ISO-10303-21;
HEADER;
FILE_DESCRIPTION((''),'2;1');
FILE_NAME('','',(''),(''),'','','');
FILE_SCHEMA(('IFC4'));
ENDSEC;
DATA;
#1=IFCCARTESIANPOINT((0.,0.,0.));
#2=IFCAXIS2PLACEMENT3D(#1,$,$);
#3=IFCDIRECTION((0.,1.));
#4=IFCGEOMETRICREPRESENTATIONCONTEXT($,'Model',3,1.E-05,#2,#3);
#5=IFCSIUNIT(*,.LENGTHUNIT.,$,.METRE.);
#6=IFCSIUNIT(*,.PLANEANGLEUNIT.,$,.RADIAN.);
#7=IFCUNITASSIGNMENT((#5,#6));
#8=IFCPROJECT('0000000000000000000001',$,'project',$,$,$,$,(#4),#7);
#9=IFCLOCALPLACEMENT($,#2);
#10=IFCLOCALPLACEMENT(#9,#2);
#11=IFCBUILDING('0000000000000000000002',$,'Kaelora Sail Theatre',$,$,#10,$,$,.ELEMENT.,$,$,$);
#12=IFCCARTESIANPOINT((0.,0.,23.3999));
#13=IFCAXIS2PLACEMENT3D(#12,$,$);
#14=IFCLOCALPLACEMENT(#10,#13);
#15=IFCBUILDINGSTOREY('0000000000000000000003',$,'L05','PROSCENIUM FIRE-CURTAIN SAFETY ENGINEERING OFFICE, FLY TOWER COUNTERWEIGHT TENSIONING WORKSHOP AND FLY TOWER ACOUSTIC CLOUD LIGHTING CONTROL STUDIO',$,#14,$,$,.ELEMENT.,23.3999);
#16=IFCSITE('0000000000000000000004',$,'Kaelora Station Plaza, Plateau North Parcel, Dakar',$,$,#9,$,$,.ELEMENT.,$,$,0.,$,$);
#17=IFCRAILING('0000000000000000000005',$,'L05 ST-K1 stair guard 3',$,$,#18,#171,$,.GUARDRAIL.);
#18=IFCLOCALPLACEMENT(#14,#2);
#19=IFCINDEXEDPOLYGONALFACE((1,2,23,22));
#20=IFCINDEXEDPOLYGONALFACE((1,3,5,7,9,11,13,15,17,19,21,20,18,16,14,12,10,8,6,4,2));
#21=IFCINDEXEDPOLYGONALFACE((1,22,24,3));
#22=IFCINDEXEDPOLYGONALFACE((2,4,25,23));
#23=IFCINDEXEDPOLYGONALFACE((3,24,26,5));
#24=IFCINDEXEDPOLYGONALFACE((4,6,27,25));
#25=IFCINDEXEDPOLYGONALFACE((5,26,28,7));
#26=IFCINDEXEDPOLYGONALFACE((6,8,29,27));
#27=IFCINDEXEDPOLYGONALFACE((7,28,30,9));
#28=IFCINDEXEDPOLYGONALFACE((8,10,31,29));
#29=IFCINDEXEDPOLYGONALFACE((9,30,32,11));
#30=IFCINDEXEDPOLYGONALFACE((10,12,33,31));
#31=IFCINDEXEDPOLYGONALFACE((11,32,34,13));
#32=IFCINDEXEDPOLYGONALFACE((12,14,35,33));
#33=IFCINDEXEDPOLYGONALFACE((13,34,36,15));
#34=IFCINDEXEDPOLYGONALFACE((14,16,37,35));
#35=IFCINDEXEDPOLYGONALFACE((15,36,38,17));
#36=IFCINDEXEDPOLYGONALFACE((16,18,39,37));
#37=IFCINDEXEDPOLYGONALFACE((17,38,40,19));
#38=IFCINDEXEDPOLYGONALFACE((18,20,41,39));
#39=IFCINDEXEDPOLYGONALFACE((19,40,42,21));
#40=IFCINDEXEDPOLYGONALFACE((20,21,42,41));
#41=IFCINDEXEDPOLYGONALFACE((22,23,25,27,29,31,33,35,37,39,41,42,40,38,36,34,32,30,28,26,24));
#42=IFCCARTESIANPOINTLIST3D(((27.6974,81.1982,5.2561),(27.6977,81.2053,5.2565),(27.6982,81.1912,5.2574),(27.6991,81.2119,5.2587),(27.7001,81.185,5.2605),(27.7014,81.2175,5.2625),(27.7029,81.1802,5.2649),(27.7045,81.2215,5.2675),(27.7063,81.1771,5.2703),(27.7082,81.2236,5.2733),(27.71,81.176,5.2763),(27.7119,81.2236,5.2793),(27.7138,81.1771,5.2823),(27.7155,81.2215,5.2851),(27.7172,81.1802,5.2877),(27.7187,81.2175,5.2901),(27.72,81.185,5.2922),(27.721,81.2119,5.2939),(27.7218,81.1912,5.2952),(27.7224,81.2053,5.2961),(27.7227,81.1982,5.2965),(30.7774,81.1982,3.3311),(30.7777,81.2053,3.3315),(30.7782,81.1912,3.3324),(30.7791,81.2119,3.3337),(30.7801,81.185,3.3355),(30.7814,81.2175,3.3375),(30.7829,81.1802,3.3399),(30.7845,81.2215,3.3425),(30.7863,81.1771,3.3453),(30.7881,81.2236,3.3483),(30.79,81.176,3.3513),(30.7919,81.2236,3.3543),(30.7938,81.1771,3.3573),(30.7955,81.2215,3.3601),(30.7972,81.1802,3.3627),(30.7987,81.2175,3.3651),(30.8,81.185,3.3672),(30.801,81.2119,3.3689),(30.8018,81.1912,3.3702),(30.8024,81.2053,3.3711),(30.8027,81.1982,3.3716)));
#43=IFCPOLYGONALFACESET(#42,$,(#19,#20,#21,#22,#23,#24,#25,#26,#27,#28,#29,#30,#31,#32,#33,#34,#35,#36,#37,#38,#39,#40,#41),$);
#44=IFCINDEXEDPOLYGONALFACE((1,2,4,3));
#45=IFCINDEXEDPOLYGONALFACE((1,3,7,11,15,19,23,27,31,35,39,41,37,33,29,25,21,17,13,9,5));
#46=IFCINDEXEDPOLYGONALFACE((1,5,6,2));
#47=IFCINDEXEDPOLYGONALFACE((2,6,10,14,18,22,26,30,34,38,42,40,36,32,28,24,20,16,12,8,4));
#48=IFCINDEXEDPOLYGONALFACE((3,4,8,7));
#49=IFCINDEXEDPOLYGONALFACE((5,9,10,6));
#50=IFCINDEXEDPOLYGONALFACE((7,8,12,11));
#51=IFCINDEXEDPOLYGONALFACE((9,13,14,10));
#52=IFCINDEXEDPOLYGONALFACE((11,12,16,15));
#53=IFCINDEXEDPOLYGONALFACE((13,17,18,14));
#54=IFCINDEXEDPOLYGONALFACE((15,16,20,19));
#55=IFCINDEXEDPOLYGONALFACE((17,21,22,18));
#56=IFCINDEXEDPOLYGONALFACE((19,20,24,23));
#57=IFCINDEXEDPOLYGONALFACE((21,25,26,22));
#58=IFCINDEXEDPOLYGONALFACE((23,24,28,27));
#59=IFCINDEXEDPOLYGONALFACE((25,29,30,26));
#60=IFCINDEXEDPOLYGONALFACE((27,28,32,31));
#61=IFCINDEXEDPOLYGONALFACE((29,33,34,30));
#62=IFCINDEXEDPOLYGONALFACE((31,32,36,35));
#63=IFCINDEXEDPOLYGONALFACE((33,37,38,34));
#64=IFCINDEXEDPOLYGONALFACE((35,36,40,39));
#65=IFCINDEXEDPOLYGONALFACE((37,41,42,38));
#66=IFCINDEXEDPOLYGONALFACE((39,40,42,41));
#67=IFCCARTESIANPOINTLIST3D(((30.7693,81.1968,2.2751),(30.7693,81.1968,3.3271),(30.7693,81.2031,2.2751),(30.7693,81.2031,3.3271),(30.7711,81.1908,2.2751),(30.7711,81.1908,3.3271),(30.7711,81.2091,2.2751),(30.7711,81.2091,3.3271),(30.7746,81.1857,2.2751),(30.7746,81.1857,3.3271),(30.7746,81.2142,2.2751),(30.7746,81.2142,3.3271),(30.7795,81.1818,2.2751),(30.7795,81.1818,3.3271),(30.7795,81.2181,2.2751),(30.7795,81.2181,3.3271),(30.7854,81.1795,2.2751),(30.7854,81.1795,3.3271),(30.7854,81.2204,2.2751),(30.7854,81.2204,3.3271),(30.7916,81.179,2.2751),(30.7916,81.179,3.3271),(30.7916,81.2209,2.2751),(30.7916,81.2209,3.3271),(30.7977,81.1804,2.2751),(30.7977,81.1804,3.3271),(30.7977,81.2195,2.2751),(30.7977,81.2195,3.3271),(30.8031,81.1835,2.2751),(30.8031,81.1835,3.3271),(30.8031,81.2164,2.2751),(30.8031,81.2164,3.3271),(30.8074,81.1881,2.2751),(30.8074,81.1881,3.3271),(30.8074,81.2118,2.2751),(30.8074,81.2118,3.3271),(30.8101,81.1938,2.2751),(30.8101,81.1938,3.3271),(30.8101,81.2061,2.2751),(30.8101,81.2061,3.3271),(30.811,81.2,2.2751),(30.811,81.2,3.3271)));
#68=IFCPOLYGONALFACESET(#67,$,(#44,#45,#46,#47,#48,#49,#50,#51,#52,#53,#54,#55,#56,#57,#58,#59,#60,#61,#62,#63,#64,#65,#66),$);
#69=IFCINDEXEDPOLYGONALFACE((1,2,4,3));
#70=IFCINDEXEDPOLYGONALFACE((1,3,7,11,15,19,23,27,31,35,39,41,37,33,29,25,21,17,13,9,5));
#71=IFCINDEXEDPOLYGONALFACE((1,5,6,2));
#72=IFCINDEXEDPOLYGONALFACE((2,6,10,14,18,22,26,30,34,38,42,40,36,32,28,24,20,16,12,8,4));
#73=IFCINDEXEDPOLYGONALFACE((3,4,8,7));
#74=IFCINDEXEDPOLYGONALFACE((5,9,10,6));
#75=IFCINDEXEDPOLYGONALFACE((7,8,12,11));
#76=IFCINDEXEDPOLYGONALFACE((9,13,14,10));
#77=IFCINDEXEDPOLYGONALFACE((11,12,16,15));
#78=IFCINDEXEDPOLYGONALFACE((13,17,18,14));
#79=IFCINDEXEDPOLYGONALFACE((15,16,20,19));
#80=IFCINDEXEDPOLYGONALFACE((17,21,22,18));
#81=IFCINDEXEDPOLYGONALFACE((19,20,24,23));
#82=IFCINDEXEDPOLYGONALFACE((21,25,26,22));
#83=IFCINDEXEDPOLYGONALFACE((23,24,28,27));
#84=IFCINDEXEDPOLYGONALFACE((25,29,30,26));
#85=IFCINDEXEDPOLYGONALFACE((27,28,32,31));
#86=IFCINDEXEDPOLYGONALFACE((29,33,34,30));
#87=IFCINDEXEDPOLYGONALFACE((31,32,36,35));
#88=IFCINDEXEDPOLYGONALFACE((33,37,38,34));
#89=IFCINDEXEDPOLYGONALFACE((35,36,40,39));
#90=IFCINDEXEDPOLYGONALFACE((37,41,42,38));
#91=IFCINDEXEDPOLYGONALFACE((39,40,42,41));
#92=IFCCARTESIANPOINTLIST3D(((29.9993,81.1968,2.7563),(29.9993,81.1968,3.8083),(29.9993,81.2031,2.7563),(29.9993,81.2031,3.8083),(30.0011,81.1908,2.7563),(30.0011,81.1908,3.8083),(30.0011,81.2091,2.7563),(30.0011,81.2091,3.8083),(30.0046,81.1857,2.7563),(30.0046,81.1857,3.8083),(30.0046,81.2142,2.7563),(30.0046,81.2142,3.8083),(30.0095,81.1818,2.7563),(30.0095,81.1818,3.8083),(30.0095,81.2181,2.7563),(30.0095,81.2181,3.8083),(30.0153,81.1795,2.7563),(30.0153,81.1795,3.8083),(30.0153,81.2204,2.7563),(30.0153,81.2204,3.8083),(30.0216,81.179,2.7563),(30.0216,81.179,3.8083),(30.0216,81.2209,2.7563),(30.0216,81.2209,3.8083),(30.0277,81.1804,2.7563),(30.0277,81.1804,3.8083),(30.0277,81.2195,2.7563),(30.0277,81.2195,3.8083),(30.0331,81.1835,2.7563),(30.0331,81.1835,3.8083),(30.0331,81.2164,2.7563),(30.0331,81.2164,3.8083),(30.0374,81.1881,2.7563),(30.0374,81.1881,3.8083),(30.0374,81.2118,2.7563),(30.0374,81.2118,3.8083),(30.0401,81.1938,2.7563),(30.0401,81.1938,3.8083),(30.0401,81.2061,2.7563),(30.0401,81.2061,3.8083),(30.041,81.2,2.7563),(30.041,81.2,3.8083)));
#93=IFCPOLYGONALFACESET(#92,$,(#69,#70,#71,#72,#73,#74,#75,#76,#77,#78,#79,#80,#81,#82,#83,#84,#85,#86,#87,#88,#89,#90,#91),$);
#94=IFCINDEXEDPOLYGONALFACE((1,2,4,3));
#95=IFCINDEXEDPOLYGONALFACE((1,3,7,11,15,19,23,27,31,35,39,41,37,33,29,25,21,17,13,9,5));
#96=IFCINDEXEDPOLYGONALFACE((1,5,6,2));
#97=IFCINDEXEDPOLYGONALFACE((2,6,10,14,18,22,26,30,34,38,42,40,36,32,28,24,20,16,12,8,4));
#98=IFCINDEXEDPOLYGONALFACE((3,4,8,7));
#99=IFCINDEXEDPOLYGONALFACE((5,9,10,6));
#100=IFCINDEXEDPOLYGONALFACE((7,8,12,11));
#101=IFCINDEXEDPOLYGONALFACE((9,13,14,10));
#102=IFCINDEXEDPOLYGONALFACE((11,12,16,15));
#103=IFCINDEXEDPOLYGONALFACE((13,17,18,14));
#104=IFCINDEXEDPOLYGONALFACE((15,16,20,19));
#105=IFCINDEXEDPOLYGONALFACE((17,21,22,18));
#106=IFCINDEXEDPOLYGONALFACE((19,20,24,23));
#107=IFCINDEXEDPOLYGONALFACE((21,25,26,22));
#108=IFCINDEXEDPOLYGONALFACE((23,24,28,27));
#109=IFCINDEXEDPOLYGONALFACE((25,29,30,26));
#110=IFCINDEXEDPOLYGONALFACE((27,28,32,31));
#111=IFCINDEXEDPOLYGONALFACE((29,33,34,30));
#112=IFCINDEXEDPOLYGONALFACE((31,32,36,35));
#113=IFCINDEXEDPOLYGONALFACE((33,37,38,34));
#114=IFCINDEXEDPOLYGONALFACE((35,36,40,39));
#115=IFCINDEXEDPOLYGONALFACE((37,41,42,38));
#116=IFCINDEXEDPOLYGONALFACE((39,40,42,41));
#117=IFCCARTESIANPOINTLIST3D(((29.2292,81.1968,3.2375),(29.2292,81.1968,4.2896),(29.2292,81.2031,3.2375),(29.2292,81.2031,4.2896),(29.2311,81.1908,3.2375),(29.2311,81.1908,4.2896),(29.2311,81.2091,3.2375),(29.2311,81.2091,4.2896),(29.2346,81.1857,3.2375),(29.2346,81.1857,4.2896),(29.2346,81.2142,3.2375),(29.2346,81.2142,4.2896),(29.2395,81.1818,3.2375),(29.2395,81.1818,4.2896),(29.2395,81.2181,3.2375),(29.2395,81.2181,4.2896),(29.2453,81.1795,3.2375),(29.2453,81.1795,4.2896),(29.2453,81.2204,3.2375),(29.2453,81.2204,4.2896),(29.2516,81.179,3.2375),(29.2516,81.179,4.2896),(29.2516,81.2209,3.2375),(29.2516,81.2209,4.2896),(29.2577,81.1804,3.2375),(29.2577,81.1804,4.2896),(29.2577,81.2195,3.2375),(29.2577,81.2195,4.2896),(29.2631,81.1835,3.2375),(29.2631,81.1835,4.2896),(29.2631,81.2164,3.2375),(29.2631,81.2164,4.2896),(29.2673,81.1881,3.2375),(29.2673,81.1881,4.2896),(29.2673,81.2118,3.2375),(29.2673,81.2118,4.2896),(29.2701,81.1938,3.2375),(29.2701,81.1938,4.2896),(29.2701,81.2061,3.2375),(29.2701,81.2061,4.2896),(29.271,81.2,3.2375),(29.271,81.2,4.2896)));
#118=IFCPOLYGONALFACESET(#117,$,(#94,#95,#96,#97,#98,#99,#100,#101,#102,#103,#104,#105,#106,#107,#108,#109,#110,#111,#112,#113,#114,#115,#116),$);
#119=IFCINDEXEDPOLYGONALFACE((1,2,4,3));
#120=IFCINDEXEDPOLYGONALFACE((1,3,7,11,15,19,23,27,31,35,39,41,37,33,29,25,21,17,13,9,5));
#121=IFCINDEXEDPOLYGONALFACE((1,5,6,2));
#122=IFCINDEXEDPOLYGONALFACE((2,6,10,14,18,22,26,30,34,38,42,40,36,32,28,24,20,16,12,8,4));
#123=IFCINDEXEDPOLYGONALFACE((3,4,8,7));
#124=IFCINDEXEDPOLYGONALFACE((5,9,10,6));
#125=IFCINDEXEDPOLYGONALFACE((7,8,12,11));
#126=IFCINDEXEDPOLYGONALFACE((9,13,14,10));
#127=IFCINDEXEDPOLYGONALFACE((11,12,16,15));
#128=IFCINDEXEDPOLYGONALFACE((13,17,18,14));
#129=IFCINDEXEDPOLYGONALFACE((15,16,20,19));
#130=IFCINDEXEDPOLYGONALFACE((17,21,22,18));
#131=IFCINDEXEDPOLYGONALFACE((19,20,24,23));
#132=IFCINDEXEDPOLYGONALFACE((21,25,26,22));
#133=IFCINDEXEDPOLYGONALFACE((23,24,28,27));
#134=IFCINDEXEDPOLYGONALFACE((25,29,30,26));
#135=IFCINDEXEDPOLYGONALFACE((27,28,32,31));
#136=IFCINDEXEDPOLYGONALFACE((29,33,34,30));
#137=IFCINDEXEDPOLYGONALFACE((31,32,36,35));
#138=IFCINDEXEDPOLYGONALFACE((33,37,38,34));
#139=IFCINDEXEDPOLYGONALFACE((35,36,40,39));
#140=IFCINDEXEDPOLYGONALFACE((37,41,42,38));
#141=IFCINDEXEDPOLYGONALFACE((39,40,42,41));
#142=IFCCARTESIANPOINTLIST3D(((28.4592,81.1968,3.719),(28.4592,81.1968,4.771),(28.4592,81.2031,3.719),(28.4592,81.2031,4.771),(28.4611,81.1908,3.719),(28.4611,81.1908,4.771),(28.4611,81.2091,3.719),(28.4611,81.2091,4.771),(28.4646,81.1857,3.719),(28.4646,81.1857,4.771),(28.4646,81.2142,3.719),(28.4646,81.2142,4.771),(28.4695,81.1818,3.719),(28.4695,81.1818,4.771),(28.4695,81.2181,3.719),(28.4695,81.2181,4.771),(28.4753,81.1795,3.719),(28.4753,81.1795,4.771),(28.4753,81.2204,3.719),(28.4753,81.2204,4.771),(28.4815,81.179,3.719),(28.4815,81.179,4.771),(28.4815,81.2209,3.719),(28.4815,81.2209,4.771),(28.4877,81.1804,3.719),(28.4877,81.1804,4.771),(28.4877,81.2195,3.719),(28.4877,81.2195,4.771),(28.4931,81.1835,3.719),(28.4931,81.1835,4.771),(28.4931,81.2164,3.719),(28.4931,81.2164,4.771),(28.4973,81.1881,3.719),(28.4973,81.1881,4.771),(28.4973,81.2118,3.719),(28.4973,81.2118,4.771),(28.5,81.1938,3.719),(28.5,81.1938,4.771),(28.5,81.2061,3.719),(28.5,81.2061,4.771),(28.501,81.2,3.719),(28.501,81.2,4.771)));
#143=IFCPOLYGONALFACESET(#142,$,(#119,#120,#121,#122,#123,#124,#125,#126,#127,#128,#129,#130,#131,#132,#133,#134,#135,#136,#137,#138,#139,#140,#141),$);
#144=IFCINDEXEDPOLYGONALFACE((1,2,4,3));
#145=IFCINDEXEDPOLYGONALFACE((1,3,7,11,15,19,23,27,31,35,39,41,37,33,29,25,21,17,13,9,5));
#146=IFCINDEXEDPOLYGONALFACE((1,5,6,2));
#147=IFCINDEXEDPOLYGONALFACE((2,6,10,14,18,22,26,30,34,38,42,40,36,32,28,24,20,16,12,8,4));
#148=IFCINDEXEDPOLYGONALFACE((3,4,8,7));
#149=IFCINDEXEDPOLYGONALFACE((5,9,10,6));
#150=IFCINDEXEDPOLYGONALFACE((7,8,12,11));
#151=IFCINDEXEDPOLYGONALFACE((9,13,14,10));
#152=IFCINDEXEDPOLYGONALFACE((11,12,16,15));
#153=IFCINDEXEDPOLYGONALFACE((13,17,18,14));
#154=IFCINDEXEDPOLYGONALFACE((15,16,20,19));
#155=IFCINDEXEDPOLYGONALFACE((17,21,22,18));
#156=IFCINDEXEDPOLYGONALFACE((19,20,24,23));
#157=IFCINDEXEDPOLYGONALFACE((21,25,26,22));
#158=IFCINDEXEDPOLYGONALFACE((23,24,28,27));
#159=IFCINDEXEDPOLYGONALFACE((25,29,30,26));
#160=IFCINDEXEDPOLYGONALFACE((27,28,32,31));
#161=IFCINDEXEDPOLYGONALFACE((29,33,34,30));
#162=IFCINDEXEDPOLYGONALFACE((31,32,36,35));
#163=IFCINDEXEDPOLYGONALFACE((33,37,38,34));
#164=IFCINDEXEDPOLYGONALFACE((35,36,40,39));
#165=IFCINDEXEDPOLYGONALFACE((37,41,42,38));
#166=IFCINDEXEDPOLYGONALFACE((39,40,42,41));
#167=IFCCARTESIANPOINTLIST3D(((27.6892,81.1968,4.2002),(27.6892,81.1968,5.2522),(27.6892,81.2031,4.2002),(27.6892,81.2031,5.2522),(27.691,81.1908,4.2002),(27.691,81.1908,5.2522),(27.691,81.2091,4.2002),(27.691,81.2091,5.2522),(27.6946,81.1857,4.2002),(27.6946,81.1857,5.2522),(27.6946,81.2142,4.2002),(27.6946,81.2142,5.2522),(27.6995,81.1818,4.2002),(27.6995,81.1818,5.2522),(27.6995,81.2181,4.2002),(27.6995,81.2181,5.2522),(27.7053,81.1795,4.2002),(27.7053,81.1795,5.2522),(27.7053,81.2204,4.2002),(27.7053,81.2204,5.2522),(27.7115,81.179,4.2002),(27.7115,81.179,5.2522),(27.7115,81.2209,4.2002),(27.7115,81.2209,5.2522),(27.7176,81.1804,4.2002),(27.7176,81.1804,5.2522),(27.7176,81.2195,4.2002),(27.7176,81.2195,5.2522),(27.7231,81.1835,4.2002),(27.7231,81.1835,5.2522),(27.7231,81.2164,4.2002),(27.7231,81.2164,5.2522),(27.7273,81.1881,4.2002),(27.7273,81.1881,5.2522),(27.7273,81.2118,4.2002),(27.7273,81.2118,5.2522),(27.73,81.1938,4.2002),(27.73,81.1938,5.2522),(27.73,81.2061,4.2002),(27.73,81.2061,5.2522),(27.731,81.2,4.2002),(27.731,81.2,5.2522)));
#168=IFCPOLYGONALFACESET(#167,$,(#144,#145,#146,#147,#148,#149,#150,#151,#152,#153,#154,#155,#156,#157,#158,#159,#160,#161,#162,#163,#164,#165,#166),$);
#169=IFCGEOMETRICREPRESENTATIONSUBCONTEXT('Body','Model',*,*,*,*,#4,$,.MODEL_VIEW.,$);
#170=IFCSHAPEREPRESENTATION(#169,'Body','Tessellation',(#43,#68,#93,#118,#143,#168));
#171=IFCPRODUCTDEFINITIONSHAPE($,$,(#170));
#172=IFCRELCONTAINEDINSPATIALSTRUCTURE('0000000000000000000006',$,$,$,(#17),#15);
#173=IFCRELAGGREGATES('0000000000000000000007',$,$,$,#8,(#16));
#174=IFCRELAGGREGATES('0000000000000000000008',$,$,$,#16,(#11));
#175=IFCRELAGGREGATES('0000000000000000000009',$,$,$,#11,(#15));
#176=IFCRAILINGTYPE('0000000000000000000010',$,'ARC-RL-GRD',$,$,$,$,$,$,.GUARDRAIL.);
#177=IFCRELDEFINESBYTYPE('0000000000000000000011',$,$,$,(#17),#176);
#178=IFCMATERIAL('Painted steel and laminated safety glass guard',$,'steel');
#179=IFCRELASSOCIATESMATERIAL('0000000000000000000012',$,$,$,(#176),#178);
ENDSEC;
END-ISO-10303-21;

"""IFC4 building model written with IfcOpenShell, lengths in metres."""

from ifc_helpers import new_model, si_unit, direction, frame, origin, origin_2d, place, context, subcontext, project, spatial, circle, extrude, material, type_object, element, save


model = new_model("IFC4")

# Units and contexts
model_context = context("Model", 3, precision=1e-05, world=origin(), true_north=direction((0.0, 1.0)))
body_context = subcontext(model_context, "Body", "Model", "MODEL_VIEW")
ifc_project = project(units=[si_unit("LENGTHUNIT", "METRE"), si_unit("PLANEANGLEUNIT", "RADIAN")], contexts=[model_context])

# Site, building, storey
site_placement = place(None, origin())
site = spatial("IfcSite", under=ifc_project, at=site_placement, Name="Kaelora Station Plaza, Plateau North Parcel, Dakar", CompositionType="ELEMENT", RefElevation=0.0)
building_placement = place(site_placement, origin())
building = spatial("IfcBuilding", under=site, at=building_placement, Name="Kaelora Sail Theatre", CompositionType="ELEMENT")
storey_placement = place(building_placement, frame((0.0, 0.0, 23.3999)))
storey = spatial("IfcBuildingStorey", under=building, at=storey_placement, Name="L05", Description="PROSCENIUM FIRE-CURTAIN SAFETY ENGINEERING OFFICE, FLY TOWER COUNTERWEIGHT TENSIONING WORKSHOP AND FLY TOWER ACOUSTIC CLOUD LIGHTING CONTROL STUDIO", CompositionType="ELEMENT", Elevation=23.3999)

# Railing
ifc_material_1 = material(Name="Painted steel and laminated safety glass guard", Category="steel")
railing_type_1 = type_object("IfcRailingType", Name="ARC-RL-GRD", PredefinedType="GUARDRAIL", material=ifc_material_1)
railing_1_placement = place(storey_placement, frame((30.79, 81.2, 2.2751)))
element("IfcRailing", 1, at=railing_1_placement, inside=storey, type_object=railing_type_1, Name="L05 ST-K1 stair guard 3", PredefinedType="GUARDRAIL", context=body_context, shape_type="SweptSolid", body=[
    extrude(circle(Radius=0.0239, at=origin_2d()), frame((0.0, 0.0, 1.0762), z_axis=(-0.847998, 0.0, 0.529999), x_axis=(0.0, -1.0, 0.0)), (0.0, 0.0, 1.0), 3.6321),
    extrude(circle(Radius=0.021, at=origin_2d()), origin(), (0.0, 0.0, 1.0), 1.052),
    extrude(circle(Radius=0.021, at=origin_2d()), frame((-0.77, 0.0, 0.4812)), (0.0, 0.0, 1.0), 1.052),
    extrude(circle(Radius=0.021, at=origin_2d()), frame((-1.54, 0.0, 0.9624)), (0.0, 0.0, 1.0), 1.052),
    extrude(circle(Radius=0.021, at=origin_2d()), frame((-2.3101, 0.0, 1.4438)), (0.0, 0.0, 1.0), 1.052),
    extrude(circle(Radius=0.021, at=origin_2d()), frame((-3.0801, 0.0, 1.925)), (0.0, 0.0, 1.0), 1.052),
])

save(model, "model.ifc")
